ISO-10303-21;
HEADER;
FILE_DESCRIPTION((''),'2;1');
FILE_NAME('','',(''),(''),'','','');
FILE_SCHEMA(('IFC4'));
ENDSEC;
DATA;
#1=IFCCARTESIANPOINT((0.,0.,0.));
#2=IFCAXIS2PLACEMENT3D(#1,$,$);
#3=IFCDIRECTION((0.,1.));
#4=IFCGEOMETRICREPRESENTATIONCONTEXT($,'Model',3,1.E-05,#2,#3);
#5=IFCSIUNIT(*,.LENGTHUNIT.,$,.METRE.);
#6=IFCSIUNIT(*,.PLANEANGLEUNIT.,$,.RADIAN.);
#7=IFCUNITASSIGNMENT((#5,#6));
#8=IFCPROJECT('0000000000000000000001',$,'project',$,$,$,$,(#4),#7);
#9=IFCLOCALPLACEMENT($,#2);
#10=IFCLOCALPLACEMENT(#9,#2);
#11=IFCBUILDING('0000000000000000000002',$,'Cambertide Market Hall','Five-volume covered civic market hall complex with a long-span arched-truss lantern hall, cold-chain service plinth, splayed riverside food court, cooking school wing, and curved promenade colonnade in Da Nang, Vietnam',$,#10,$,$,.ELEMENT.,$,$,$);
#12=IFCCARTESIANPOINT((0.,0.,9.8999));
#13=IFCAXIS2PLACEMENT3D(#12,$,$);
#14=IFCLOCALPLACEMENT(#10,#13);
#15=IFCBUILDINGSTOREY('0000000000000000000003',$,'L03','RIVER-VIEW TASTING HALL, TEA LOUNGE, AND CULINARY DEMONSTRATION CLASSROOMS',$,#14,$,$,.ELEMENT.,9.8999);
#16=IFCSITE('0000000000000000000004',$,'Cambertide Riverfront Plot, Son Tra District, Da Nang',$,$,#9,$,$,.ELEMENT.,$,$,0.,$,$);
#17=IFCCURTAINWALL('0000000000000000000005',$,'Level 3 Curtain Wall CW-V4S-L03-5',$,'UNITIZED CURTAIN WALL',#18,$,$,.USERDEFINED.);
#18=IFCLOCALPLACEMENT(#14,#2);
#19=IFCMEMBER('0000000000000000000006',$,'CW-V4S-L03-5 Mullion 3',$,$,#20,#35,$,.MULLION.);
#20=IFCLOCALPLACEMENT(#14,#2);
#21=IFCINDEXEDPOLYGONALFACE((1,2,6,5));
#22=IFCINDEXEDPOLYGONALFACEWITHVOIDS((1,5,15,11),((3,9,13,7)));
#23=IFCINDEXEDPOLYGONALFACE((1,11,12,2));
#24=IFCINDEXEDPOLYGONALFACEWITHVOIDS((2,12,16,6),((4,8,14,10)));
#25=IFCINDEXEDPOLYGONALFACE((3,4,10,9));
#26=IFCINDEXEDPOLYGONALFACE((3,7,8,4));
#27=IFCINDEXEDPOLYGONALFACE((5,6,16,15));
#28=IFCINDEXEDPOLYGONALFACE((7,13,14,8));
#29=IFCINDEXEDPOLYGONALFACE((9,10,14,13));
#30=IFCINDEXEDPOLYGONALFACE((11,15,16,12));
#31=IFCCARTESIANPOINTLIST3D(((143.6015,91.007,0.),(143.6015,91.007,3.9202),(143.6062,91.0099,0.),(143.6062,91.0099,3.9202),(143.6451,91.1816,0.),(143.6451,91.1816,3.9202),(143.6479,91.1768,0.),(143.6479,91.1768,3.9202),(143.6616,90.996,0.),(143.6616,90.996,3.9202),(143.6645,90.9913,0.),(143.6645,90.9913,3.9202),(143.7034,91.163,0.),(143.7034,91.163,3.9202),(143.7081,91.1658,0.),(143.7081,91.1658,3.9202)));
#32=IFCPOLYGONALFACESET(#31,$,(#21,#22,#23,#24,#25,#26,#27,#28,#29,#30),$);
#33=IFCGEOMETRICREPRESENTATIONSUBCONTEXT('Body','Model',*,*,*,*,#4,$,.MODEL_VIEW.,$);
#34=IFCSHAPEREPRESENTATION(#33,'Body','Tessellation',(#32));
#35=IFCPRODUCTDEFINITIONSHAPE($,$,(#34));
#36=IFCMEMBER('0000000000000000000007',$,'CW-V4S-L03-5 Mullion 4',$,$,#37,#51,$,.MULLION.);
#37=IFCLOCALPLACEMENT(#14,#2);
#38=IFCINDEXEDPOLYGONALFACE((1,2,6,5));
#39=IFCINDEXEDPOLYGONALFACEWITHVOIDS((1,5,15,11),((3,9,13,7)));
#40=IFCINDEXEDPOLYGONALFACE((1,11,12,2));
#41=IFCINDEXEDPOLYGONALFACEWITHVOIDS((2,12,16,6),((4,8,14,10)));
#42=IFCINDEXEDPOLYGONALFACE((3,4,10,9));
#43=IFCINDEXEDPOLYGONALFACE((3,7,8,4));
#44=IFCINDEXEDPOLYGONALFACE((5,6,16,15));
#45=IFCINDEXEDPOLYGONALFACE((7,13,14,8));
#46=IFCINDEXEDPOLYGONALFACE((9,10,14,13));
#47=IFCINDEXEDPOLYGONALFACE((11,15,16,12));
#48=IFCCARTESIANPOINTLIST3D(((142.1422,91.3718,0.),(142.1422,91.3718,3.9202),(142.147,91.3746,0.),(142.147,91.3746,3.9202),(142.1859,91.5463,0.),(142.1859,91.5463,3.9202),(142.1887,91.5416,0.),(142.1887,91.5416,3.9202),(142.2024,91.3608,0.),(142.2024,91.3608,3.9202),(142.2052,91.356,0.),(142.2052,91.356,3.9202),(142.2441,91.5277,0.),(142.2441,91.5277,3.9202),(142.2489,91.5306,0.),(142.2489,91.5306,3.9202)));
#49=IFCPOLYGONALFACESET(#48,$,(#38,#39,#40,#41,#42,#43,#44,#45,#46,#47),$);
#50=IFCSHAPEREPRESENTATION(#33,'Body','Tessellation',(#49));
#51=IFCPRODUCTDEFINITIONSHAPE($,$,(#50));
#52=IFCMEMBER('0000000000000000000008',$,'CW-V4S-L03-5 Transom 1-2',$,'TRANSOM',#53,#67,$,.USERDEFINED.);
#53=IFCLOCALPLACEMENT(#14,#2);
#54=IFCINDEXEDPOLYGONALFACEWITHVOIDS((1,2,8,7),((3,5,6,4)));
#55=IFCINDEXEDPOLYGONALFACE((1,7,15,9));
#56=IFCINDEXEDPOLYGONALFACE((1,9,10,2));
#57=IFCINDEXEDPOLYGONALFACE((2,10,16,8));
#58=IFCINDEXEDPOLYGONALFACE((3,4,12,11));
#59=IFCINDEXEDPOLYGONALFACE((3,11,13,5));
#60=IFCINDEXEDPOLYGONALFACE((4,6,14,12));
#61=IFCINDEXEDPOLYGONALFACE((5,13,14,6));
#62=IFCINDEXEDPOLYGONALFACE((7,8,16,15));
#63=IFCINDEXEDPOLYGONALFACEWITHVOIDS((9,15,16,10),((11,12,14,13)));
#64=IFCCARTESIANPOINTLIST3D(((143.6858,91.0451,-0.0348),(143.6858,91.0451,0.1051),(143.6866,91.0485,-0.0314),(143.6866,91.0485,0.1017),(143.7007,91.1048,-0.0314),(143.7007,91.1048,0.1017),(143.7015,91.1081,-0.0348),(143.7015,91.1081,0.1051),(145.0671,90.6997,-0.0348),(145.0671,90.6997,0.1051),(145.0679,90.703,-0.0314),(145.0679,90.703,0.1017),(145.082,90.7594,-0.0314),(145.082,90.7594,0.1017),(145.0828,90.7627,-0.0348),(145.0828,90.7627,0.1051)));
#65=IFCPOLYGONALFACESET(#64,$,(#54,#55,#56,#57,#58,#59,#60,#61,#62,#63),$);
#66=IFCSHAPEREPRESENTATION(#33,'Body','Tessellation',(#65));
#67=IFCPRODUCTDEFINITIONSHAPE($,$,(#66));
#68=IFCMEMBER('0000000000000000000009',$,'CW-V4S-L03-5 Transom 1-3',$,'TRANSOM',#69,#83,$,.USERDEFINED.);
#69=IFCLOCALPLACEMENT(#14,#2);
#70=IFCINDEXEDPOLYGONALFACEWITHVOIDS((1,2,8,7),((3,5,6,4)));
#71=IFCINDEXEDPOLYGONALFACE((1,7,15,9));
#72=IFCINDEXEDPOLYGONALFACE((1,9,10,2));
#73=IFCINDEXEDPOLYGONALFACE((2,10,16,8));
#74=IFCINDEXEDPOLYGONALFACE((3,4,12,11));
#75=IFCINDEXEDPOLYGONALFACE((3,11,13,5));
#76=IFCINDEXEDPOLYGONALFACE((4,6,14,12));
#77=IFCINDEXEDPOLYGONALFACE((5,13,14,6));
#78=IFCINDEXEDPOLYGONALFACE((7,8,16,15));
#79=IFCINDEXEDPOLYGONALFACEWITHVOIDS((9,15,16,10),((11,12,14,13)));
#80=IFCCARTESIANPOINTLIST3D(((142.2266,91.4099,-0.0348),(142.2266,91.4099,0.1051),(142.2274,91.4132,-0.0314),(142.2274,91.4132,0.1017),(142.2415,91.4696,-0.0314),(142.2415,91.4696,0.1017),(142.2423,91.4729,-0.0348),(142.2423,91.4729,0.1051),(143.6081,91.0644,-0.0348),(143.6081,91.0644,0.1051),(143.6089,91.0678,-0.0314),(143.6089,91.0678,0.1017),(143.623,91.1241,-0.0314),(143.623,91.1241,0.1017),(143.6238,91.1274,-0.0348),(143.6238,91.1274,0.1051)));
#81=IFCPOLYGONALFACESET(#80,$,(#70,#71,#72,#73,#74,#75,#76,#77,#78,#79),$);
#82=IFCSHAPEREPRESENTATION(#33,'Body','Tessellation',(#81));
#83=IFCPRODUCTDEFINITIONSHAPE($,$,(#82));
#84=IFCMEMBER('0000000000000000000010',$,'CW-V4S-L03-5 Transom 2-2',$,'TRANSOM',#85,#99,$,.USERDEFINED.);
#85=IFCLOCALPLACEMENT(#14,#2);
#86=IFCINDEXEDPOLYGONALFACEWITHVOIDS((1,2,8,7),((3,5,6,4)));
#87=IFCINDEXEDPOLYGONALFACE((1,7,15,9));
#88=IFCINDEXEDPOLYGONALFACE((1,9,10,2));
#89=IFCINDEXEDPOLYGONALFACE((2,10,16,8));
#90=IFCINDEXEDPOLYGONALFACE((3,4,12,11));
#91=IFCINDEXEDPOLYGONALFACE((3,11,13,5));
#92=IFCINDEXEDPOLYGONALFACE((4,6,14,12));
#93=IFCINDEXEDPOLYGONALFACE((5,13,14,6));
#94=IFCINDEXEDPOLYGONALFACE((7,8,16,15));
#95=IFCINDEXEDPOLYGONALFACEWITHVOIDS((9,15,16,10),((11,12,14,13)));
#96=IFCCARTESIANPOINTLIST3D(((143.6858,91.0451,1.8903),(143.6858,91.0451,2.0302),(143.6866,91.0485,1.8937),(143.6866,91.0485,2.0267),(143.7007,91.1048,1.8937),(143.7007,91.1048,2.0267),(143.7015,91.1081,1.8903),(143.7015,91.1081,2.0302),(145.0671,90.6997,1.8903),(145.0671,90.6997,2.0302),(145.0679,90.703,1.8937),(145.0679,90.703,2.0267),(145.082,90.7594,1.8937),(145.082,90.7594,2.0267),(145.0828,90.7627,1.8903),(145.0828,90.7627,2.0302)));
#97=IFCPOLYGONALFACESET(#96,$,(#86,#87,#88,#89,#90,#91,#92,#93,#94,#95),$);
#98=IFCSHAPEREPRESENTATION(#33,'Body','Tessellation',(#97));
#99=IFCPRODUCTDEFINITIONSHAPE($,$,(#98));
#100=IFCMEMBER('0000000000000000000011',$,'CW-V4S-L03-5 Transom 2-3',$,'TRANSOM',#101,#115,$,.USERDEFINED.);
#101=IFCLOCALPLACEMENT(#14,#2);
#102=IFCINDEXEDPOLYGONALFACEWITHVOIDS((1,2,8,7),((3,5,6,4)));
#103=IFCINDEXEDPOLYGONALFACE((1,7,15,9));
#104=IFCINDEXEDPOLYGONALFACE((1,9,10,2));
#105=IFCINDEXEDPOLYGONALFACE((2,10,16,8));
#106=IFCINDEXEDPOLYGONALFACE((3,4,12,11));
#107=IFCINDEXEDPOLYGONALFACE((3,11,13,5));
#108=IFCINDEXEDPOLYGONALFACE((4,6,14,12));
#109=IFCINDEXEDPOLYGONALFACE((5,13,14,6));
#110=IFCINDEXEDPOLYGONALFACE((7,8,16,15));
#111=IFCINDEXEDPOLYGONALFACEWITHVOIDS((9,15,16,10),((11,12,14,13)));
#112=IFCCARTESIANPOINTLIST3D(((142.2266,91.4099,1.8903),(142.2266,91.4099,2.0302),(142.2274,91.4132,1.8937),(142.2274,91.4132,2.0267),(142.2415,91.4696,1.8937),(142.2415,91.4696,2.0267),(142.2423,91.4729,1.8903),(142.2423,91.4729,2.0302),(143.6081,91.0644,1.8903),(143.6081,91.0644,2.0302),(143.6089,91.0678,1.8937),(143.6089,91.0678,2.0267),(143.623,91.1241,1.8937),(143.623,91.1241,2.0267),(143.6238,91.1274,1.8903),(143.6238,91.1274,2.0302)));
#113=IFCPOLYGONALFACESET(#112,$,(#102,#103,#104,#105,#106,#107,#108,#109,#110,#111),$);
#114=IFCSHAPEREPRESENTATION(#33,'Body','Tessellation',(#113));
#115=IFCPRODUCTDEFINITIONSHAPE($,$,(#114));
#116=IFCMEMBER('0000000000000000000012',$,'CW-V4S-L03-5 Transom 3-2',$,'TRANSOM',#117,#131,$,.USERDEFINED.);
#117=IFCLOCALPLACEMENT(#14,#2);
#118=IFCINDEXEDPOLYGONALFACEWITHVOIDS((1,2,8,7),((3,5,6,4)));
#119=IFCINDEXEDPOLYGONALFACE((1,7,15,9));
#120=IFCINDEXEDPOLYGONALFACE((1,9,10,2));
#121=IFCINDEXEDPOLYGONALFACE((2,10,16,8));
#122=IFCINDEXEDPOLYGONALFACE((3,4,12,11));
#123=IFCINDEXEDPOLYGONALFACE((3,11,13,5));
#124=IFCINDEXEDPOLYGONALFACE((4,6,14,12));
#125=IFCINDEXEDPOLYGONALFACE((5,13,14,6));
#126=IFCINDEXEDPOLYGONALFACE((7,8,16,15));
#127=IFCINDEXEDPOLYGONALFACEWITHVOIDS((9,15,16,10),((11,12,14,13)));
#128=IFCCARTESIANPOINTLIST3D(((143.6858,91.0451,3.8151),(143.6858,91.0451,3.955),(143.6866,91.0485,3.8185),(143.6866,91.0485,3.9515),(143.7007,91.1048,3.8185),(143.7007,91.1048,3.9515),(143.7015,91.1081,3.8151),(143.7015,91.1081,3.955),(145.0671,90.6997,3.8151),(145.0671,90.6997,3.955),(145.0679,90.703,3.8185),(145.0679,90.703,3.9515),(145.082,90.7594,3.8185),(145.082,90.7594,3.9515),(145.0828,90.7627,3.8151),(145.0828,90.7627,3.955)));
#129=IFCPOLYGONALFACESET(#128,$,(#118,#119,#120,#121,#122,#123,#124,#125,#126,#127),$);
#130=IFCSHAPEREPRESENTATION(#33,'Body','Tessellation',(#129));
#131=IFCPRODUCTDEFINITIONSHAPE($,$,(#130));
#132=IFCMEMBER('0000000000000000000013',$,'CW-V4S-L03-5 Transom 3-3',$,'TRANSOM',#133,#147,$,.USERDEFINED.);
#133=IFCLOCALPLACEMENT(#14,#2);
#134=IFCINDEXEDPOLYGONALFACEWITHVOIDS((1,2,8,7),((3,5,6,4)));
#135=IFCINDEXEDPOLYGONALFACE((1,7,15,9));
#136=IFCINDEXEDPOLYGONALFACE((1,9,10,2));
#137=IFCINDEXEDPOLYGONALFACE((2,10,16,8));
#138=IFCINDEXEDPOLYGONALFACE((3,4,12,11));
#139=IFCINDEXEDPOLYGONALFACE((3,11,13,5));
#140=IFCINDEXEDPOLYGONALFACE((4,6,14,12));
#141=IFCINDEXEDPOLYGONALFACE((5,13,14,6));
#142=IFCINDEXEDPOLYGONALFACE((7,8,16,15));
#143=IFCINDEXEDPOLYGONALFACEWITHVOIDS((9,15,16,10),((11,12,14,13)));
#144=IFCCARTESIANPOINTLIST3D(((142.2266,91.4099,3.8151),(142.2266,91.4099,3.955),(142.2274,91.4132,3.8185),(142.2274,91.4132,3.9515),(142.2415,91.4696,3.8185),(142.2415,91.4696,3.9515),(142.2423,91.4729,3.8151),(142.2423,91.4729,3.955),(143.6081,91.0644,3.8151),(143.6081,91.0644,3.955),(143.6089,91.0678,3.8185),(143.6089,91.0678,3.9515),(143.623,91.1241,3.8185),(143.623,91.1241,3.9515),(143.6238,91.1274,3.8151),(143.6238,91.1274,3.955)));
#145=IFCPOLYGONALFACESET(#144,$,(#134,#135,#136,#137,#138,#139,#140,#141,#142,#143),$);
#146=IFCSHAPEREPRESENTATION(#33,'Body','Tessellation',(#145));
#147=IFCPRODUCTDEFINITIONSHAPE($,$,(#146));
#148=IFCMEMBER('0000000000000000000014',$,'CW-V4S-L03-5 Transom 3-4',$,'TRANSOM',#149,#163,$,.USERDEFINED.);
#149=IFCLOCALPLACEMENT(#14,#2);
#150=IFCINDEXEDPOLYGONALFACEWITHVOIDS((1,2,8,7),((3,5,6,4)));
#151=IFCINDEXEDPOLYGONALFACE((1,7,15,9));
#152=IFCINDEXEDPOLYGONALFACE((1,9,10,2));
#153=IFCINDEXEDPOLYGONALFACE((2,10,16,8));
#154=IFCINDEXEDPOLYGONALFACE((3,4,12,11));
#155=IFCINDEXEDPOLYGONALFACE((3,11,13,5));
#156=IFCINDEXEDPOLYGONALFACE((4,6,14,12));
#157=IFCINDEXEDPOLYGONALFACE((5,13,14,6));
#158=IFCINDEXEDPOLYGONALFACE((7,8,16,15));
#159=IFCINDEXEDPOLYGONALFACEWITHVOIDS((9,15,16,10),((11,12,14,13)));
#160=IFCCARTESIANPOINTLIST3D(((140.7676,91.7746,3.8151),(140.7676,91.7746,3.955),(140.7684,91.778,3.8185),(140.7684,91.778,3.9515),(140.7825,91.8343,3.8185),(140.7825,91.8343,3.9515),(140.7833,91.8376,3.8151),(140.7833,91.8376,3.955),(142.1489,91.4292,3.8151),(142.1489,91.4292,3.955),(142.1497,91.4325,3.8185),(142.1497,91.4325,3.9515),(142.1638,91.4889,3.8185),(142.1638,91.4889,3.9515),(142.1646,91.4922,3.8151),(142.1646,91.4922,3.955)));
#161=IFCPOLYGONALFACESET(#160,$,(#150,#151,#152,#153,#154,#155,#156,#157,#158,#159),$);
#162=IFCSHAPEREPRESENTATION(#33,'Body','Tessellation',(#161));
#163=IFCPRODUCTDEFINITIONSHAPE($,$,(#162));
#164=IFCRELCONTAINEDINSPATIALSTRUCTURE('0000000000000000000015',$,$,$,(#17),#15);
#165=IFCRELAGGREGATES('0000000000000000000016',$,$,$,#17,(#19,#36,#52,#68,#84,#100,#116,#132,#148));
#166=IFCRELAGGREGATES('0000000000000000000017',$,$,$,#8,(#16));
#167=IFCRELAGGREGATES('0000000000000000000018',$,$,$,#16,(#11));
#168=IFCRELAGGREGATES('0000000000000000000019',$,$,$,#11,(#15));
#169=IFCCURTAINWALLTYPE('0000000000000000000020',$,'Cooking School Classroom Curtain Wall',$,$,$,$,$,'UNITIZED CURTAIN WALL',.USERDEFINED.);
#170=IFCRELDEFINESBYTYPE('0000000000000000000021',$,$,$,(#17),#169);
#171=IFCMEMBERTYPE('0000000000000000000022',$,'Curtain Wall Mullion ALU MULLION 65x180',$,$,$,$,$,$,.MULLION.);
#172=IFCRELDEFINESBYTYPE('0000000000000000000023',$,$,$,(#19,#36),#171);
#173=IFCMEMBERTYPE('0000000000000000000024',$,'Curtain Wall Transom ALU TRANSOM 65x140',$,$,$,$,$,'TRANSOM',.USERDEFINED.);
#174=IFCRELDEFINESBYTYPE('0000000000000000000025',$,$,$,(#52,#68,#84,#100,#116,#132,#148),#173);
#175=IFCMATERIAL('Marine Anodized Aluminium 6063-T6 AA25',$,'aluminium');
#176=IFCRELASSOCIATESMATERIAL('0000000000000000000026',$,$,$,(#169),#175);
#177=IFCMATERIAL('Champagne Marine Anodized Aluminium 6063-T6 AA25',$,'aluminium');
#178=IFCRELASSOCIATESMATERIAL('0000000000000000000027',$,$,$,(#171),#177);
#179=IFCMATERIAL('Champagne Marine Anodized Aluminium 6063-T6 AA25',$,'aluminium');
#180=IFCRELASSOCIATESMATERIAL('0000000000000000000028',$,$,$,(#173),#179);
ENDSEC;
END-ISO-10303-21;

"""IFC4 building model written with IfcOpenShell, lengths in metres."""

from ifc_helpers import new_model, si_unit, direction, frame, origin, origin_2d, place, context, subcontext, project, spatial, hollow_rectangle, extrude, material, material_profile, profile_set, type_object, element, aggregate, save


model = new_model("IFC4")

# Units and contexts
model_context = context("Model", 3, precision=1e-05, world=origin(), true_north=direction((0.0, 1.0)))
body_context = subcontext(model_context, "Body", "Model", "MODEL_VIEW")
ifc_project = project(units=[si_unit("LENGTHUNIT", "METRE"), si_unit("PLANEANGLEUNIT", "RADIAN")], contexts=[model_context])

# Site, building, storey
site_placement = place(None, origin())
site = spatial("IfcSite", under=ifc_project, at=site_placement, Name="Cambertide Riverfront Plot, Son Tra District, Da Nang", CompositionType="ELEMENT", RefElevation=0.0)
building_placement = place(site_placement, origin())
building = spatial("IfcBuilding", under=site, at=building_placement, Name="Cambertide Market Hall", Description="Five-volume covered civic market hall complex with a long-span arched-truss lantern hall, cold-chain service plinth, splayed riverside food court, cooking school wing, and curved promenade colonnade in Da Nang, Vietnam", CompositionType="ELEMENT")
storey_placement = place(building_placement, frame((0.0, 0.0, 9.8999)))
storey = spatial("IfcBuildingStorey", under=building, at=storey_placement, Name="L03", Description="RIVER-VIEW TASTING HALL, TEA LOUNGE, AND CULINARY DEMONSTRATION CLASSROOMS", CompositionType="ELEMENT", Elevation=9.8999)

# Curtain wall, members
ifc_material_1 = material(Name="Marine Anodized Aluminium 6063-T6 AA25", Category="aluminium")
curtain_wall_type = type_object("IfcCurtainWallType", Name="Cooking School Classroom Curtain Wall", ElementType="UNITIZED CURTAIN WALL", PredefinedType="USERDEFINED", material=ifc_material_1)
curtain_wall_placement = place(storey_placement, origin())
curtain_wall = element("IfcCurtainWall", 1, at=curtain_wall_placement, inside=storey, type_object=curtain_wall_type, Name="Level 3 Curtain Wall CW-V4S-L03-5", ObjectType="UNITIZED CURTAIN WALL", PredefinedType="USERDEFINED")
ifc_material_2 = material(Name="Champagne Marine Anodized Aluminium 6063-T6 AA25", Category="aluminium")
ifc_material_profile_1 = material_profile(ifc_material_2, hollow_rectangle(XDim=0.0649, YDim=0.1799, WallThickness=0.0039, at=origin_2d()), Name="ALU MULLION 65x180")
ifc_profile_set_1 = profile_set([ifc_material_profile_1], Name="Champagne Marine Anodized Aluminium 6063-T6 AA25")
member_type_1 = type_object("IfcMemberType", Name="Curtain Wall Mullion ALU MULLION 65x180", PredefinedType="MULLION", material=ifc_profile_set_1)
member_1_placement = place(storey_placement, frame((143.6548, 91.0864, 0.0), z_axis=(0.0, 0.0, 1.0), x_axis=(-0.970143, 0.242535, 0.0)))
member_1 = element("IfcMember", 2, at=member_1_placement, type_object=member_type_1, Name="CW-V4S-L03-5 Mullion 3", PredefinedType="MULLION", context=body_context, shape_type="SweptSolid", body=[
    extrude(hollow_rectangle(XDim=0.0649, YDim=0.1799, WallThickness=0.0039, at=origin_2d()), origin(), (0.0, 0.0, 1.0), 3.9202),
])
member_2_placement = place(storey_placement, frame((142.1956, 91.4512, 0.0), z_axis=(0.0, 0.0, 1.0), x_axis=(-0.970143, 0.242535, 0.0)))
member_2 = element("IfcMember", 3, at=member_2_placement, type_object=member_type_1, Name="CW-V4S-L03-5 Mullion 4", PredefinedType="MULLION", context=body_context, shape_type="SweptSolid", body=[
    extrude(hollow_rectangle(XDim=0.0649, YDim=0.1799, WallThickness=0.0039, at=origin_2d()), origin(), (0.0, 0.0, 1.0), 3.9202),
])
ifc_material_3 = material(Name="Champagne Marine Anodized Aluminium 6063-T6 AA25", Category="aluminium")
ifc_material_profile_2 = material_profile(ifc_material_3, hollow_rectangle(XDim=0.0649, YDim=0.1399, WallThickness=0.0034, at=origin_2d()), Name="ALU TRANSOM 65x140")
ifc_profile_set_2 = profile_set([ifc_material_profile_2], Name="Champagne Marine Anodized Aluminium 6063-T6 AA25")
member_type_2 = type_object("IfcMemberType", Name="Curtain Wall Transom ALU TRANSOM 65x140", ElementType="TRANSOM", PredefinedType="USERDEFINED", material=ifc_profile_set_2)
member_3_placement = place(storey_placement, frame((145.075, 90.7312, 0.0352), z_axis=(-0.970122, 0.242616, 0.0), x_axis=(-0.242616, -0.970122, 0.0)))
member_3 = element("IfcMember", 4, at=member_3_placement, type_object=member_type_2, Name="CW-V4S-L03-5 Transom 1-2", ObjectType="TRANSOM", PredefinedType="USERDEFINED", context=body_context, shape_type="SweptSolid", body=[
    extrude(hollow_rectangle(XDim=0.0649, YDim=0.1399, WallThickness=0.0034, at=origin_2d()), origin(), (0.0, 0.0, 1.0), 1.4238),
])
member_4_placement = place(storey_placement, frame((143.616, 91.0959, 0.0352), z_axis=(-0.970132, 0.242576, 0.0), x_axis=(-0.242576, -0.970132, 0.0)))
member_4 = element("IfcMember", 5, at=member_4_placement, type_object=member_type_2, Name="CW-V4S-L03-5 Transom 1-3", ObjectType="TRANSOM", PredefinedType="USERDEFINED", context=body_context, shape_type="SweptSolid", body=[
    extrude(hollow_rectangle(XDim=0.0649, YDim=0.1399, WallThickness=0.0034, at=origin_2d()), origin(), (0.0, 0.0, 1.0), 1.4241),
])
member_5_placement = place(storey_placement, frame((145.075, 90.7312, 1.9602), z_axis=(-0.970122, 0.242616, 0.0), x_axis=(-0.242616, -0.970122, 0.0)))
member_5 = element("IfcMember", 6, at=member_5_placement, type_object=member_type_2, Name="CW-V4S-L03-5 Transom 2-2", ObjectType="TRANSOM", PredefinedType="USERDEFINED", context=body_context, shape_type="SweptSolid", body=[
    extrude(hollow_rectangle(XDim=0.0649, YDim=0.1399, WallThickness=0.0034, at=origin_2d()), origin(), (0.0, 0.0, 1.0), 1.4238),
])
member_6_placement = place(storey_placement, frame((143.616, 91.0959, 1.9602), z_axis=(-0.970132, 0.242576, 0.0), x_axis=(-0.242576, -0.970132, 0.0)))
member_6 = element("IfcMember", 7, at=member_6_placement, type_object=member_type_2, Name="CW-V4S-L03-5 Transom 2-3", ObjectType="TRANSOM", PredefinedType="USERDEFINED", context=body_context, shape_type="SweptSolid", body=[
    extrude(hollow_rectangle(XDim=0.0649, YDim=0.1399, WallThickness=0.0034, at=origin_2d()), origin(), (0.0, 0.0, 1.0), 1.4241),
])
member_7_placement = place(storey_placement, frame((145.075, 90.7312, 3.885), z_axis=(-0.970122, 0.242616, 0.0), x_axis=(-0.242616, -0.970122, 0.0)))
member_7 = element("IfcMember", 8, at=member_7_placement, type_object=member_type_2, Name="CW-V4S-L03-5 Transom 3-2", ObjectType="TRANSOM", PredefinedType="USERDEFINED", context=body_context, shape_type="SweptSolid", body=[
    extrude(hollow_rectangle(XDim=0.0649, YDim=0.1399, WallThickness=0.0034, at=origin_2d()), origin(), (0.0, 0.0, 1.0), 1.4238),
])
member_8_placement = place(storey_placement, frame((143.616, 91.0959, 3.885), z_axis=(-0.970132, 0.242576, 0.0), x_axis=(-0.242576, -0.970132, 0.0)))
member_8 = element("IfcMember", 9, at=member_8_placement, type_object=member_type_2, Name="CW-V4S-L03-5 Transom 3-3", ObjectType="TRANSOM", PredefinedType="USERDEFINED", context=body_context, shape_type="SweptSolid", body=[
    extrude(hollow_rectangle(XDim=0.0649, YDim=0.1399, WallThickness=0.0034, at=origin_2d()), origin(), (0.0, 0.0, 1.0), 1.4241),
])
member_9_placement = place(storey_placement, frame((142.1567, 91.4607, 3.885), z_axis=(-0.970122, 0.242616, 0.0), x_axis=(-0.242616, -0.970122, 0.0)))
member_9 = element("IfcMember", 10, at=member_9_placement, type_object=member_type_2, Name="CW-V4S-L03-5 Transom 3-4", ObjectType="TRANSOM", PredefinedType="USERDEFINED", context=body_context, shape_type="SweptSolid", body=[
    extrude(hollow_rectangle(XDim=0.0649, YDim=0.1399, WallThickness=0.0034, at=origin_2d()), origin(), (0.0, 0.0, 1.0), 1.4238),
])

aggregate(curtain_wall, [member_1, member_2, member_3, member_4, member_5, member_6, member_7, member_8, member_9])

save(model, "model.ifc")
